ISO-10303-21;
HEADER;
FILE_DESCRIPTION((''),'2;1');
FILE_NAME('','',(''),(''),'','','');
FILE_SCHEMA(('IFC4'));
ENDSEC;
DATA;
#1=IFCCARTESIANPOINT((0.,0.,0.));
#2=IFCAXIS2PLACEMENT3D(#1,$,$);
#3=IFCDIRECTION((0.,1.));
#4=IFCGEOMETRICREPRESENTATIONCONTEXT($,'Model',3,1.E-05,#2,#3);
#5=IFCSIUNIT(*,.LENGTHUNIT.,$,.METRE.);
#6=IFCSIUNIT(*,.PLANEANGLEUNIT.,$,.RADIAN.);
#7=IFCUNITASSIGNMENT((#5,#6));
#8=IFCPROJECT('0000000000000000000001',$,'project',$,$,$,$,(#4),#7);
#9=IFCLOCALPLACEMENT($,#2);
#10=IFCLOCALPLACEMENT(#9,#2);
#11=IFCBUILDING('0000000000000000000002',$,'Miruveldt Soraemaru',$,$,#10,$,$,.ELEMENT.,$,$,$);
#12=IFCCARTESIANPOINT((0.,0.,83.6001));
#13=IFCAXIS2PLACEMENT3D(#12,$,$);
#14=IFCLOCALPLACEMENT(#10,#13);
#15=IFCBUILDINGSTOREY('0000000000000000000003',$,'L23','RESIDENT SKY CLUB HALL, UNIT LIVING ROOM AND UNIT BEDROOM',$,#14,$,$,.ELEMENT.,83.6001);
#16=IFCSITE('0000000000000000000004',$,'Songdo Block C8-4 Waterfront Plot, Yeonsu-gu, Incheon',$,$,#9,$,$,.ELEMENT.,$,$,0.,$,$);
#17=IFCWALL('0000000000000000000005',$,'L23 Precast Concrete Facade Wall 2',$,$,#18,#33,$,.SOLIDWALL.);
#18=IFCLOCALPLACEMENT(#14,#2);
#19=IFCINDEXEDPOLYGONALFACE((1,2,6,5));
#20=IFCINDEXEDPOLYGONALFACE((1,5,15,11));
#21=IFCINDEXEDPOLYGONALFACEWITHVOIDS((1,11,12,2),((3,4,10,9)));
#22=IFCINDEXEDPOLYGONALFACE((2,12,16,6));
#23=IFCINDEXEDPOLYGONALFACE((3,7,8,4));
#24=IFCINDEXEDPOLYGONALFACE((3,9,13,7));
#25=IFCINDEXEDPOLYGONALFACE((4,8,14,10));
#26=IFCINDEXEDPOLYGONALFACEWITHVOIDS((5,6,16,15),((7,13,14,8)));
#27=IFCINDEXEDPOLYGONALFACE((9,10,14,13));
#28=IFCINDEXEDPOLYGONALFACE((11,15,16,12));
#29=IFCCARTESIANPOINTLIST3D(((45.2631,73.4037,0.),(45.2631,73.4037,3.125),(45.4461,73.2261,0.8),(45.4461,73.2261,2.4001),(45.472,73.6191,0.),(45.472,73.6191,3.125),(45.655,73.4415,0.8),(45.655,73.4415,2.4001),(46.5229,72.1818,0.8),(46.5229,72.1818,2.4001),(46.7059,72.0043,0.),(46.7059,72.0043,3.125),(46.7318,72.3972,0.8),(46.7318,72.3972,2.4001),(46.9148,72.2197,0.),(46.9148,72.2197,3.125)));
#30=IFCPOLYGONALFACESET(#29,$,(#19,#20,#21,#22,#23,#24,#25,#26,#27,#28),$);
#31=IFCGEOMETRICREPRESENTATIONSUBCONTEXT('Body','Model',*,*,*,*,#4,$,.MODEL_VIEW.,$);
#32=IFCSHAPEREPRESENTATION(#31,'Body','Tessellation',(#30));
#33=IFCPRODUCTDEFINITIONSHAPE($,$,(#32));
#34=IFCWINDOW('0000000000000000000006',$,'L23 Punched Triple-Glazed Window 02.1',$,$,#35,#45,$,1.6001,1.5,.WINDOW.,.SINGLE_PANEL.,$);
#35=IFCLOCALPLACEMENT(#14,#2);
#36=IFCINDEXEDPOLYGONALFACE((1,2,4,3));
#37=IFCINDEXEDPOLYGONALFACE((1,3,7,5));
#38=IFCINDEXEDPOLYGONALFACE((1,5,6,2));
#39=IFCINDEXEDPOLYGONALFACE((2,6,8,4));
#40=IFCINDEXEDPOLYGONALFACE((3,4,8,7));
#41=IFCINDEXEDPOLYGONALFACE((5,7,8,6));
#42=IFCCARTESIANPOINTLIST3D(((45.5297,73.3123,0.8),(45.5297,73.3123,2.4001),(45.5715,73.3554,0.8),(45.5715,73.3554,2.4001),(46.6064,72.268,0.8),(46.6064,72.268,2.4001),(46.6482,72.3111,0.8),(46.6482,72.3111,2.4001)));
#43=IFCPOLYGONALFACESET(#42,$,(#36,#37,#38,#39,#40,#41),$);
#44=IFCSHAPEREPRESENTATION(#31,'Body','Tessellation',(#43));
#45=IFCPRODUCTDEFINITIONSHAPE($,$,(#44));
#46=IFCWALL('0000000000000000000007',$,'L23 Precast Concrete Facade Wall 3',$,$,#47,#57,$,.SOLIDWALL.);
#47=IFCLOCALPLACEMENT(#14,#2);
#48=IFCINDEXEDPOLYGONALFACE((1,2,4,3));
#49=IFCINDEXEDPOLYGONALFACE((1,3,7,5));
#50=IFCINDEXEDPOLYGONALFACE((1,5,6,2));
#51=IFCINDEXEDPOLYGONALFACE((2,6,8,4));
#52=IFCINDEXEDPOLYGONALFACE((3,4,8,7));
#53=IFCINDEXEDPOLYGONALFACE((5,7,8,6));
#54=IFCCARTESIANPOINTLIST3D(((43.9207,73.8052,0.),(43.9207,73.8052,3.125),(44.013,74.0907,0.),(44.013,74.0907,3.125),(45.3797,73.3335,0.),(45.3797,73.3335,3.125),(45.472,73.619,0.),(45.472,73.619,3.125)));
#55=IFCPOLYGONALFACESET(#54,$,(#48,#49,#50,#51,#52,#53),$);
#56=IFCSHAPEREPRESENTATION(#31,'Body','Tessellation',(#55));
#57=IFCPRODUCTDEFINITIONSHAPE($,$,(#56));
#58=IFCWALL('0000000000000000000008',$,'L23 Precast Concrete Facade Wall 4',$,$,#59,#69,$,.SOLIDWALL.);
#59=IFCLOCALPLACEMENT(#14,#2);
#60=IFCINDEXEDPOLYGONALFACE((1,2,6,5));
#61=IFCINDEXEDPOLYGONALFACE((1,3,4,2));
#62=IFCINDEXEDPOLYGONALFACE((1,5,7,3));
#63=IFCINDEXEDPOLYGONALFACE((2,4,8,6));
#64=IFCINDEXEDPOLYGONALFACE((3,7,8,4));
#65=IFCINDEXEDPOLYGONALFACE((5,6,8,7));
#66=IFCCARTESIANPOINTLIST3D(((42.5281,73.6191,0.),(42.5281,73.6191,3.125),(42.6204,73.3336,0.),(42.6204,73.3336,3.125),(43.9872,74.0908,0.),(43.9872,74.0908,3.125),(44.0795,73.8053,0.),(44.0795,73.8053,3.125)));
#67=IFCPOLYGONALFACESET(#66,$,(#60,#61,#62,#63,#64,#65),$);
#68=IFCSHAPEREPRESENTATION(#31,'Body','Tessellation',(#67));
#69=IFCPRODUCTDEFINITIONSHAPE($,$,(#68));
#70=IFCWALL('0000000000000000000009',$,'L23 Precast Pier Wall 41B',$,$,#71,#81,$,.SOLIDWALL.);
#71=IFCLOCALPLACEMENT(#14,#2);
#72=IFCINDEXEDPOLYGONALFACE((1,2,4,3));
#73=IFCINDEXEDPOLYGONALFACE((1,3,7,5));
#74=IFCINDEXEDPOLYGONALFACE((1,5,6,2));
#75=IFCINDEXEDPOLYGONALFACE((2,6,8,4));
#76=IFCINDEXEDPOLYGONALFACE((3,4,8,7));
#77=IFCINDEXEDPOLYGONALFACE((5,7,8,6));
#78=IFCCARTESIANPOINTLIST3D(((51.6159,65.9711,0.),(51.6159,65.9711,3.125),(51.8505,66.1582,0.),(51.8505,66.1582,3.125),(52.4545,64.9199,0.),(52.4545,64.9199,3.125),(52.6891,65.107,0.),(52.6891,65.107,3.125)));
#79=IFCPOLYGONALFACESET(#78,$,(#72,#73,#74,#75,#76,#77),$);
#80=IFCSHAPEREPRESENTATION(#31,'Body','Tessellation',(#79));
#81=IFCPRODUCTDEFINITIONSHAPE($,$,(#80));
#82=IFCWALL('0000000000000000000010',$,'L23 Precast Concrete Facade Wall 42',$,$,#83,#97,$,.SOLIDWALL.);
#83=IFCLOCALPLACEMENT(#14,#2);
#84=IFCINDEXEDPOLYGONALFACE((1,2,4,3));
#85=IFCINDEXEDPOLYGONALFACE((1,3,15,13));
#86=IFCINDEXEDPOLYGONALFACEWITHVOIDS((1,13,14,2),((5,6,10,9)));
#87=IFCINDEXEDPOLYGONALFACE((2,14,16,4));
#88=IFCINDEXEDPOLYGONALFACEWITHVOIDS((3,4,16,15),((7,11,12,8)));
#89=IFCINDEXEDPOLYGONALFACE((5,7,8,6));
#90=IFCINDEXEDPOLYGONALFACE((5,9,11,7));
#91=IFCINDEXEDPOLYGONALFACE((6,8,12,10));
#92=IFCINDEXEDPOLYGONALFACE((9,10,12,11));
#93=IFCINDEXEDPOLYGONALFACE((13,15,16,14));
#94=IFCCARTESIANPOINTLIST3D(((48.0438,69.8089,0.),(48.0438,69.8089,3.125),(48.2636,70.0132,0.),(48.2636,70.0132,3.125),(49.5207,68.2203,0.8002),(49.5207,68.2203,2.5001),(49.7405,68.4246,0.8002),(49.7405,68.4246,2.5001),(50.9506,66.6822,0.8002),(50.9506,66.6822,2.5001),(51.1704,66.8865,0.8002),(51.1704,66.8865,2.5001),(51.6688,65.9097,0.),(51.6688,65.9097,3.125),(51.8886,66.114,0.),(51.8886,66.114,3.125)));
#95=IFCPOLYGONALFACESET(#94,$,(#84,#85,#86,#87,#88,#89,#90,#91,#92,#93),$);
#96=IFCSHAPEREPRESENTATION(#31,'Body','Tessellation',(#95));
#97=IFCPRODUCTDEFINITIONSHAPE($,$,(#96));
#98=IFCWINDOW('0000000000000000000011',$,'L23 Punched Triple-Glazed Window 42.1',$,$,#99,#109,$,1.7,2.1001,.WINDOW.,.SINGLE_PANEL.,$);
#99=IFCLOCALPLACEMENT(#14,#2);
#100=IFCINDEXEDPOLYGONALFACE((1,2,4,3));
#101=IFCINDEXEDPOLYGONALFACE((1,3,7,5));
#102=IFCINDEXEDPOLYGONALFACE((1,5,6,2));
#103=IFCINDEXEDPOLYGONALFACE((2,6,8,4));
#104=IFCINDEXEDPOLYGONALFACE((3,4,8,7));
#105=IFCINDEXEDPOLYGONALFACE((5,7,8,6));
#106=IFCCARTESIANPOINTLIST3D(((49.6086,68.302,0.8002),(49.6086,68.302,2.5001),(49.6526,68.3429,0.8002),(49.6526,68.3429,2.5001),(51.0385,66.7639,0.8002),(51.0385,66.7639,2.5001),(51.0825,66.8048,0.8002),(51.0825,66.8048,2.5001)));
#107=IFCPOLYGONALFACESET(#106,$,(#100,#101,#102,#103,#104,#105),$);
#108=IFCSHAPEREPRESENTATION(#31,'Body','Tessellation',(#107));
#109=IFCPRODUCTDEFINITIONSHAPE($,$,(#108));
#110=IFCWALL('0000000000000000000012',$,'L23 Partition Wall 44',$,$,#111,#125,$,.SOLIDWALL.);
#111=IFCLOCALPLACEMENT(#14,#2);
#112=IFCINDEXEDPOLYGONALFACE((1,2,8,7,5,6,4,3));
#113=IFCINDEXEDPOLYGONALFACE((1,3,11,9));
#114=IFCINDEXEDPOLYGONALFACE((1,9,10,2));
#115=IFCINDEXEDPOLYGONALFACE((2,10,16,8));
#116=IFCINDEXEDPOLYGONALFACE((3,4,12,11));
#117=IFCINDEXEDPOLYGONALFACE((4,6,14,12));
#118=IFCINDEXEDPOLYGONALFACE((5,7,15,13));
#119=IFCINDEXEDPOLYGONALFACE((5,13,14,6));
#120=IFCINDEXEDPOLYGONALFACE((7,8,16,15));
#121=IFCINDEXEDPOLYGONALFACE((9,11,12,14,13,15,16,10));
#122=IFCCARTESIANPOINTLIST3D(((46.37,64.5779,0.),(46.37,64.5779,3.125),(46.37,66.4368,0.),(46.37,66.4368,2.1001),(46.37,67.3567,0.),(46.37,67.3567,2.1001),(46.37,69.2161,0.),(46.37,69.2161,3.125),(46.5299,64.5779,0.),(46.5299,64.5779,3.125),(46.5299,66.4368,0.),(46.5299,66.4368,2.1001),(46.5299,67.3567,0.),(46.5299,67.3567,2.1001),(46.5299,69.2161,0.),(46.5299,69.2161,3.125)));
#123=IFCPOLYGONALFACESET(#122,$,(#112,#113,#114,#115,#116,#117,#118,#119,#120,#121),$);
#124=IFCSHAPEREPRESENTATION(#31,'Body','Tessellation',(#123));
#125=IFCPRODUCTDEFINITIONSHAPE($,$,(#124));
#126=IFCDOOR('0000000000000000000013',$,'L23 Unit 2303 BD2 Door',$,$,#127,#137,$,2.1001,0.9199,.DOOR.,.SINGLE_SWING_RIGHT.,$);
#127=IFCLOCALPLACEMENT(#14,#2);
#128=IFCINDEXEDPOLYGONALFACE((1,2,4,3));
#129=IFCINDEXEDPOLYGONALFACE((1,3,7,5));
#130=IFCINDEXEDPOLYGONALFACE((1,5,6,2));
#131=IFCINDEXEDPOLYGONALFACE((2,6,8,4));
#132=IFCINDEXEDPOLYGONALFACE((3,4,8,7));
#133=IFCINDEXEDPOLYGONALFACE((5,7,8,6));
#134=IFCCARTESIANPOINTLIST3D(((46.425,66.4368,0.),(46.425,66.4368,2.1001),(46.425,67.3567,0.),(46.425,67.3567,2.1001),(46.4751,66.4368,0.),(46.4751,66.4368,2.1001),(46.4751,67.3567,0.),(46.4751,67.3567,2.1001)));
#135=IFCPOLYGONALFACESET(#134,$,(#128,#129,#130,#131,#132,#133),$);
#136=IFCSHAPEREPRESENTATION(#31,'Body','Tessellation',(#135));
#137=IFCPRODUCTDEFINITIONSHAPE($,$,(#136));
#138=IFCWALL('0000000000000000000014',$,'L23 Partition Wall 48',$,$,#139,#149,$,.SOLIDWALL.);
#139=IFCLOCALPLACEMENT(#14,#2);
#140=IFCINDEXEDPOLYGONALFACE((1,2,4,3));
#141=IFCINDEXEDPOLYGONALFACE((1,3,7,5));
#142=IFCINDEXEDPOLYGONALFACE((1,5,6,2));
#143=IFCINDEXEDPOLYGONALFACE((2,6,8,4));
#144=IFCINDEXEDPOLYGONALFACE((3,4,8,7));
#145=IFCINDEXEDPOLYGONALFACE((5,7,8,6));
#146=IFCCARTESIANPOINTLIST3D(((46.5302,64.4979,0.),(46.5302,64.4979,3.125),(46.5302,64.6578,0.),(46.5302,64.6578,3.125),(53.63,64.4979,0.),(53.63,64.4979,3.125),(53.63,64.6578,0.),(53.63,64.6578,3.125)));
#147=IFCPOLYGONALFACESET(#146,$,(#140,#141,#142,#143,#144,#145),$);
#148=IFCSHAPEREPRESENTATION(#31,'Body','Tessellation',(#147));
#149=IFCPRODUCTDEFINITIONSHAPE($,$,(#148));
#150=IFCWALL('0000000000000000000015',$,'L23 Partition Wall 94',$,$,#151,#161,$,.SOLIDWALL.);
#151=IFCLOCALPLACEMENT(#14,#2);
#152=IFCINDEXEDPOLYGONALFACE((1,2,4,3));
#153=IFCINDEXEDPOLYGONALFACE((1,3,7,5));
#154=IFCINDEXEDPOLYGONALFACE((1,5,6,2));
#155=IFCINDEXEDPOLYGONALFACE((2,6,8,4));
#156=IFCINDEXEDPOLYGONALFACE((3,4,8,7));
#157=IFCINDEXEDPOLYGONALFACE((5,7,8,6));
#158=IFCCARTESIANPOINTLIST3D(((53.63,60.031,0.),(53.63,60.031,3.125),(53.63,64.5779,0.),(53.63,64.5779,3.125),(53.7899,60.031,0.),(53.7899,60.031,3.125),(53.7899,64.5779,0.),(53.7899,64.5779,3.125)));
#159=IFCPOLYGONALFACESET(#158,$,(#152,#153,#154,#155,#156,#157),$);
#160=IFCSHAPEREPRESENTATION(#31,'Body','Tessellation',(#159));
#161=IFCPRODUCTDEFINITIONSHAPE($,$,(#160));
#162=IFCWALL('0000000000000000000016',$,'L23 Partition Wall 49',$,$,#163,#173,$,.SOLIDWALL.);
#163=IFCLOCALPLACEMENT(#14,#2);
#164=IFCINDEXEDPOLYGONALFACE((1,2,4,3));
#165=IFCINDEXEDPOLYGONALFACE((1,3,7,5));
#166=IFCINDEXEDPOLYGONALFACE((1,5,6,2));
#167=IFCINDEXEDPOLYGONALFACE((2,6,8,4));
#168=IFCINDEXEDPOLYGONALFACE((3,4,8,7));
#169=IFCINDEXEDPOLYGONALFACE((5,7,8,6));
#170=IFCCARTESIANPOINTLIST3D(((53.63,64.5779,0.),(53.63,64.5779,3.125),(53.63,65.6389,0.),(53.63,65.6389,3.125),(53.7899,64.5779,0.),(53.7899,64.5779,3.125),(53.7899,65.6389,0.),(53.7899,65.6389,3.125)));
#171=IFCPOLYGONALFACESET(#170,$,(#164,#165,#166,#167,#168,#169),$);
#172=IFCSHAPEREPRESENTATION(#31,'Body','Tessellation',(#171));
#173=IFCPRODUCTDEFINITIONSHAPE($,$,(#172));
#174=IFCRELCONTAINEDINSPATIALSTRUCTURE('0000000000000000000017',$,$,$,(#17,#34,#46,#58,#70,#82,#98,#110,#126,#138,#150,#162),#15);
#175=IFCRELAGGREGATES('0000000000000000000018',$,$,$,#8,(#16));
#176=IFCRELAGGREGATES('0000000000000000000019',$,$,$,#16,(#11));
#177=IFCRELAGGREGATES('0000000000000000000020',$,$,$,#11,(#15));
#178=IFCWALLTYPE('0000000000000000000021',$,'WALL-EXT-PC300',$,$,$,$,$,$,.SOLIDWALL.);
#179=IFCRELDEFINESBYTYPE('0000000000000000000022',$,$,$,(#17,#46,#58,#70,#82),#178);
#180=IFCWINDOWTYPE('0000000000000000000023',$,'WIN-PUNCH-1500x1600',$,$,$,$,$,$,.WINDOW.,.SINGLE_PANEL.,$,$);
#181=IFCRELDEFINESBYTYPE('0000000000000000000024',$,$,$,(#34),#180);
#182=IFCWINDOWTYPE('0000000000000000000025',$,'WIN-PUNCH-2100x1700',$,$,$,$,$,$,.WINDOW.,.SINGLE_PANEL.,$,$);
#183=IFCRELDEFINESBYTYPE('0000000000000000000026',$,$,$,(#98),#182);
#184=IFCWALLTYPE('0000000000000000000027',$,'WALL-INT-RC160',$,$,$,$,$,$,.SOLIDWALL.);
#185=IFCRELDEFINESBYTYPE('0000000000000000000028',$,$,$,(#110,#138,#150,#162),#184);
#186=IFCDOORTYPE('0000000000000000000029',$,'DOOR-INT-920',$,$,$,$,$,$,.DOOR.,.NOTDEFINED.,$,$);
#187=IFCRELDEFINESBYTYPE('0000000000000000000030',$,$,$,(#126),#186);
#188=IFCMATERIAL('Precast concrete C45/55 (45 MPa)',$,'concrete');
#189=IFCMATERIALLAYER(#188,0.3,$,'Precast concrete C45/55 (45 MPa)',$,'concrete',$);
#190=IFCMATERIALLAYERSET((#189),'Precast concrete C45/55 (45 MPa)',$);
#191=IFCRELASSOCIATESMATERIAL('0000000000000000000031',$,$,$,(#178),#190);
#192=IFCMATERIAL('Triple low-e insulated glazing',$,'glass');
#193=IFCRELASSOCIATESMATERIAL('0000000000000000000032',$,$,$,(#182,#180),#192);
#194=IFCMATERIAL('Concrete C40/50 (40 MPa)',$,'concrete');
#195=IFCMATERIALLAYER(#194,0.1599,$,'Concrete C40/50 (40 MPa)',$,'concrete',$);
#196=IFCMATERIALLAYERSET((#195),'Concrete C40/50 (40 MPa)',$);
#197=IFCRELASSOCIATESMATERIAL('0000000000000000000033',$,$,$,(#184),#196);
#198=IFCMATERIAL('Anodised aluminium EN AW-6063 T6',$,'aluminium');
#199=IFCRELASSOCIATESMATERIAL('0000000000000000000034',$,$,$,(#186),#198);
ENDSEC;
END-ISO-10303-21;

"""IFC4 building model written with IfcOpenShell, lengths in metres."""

from ifc_helpers import new_model, si_unit, direction, frame, frame_2d, origin, place, context, subcontext, project, spatial, rectangle, extrude, material, layer, layer_set, type_object, element, fill, save


model = new_model("IFC4")

# Units and contexts
model_context = context("Model", 3, precision=1e-05, world=origin(), true_north=direction((0.0, 1.0)))
body_context = subcontext(model_context, "Body", "Model", "MODEL_VIEW")
ifc_project = project(units=[si_unit("LENGTHUNIT", "METRE"), si_unit("PLANEANGLEUNIT", "RADIAN")], contexts=[model_context])

# Site, building, storey
site_placement = place(None, origin())
site = spatial("IfcSite", under=ifc_project, at=site_placement, Name="Songdo Block C8-4 Waterfront Plot, Yeonsu-gu, Incheon", CompositionType="ELEMENT", RefElevation=0.0)
building_placement = place(site_placement, origin())
building = spatial("IfcBuilding", under=site, at=building_placement, Name="Miruveldt Soraemaru", CompositionType="ELEMENT")
storey_placement = place(building_placement, frame((0.0, 0.0, 83.6001)))
storey = spatial("IfcBuildingStorey", under=building, at=storey_placement, Name="L23", Description="RESIDENT SKY CLUB HALL, UNIT LIVING ROOM AND UNIT BEDROOM", CompositionType="ELEMENT", Elevation=83.6001)

# Shared definitions
ifc_material_1 = material(Name="Anodised aluminium EN AW-6063 T6", Category="aluminium")

# Wall, opening, window
ifc_material_2 = material(Name="Triple low-e insulated glazing", Category="glass")
ifc_material_3 = material(Name="Precast concrete C45/55 (45 MPa)", Category="concrete")
ifc_layer_1 = layer(ifc_material_3, 0.3, Name="Precast concrete C45/55 (45 MPa)", Category="concrete")
ifc_layer_set_1 = layer_set([ifc_layer_1], Name="Precast concrete C45/55 (45 MPa)")
wall_type_1 = type_object("IfcWallType", Name="WALL-EXT-PC300", PredefinedType="SOLIDWALL", material=ifc_layer_set_1)
window_type_1 = type_object("IfcWindowType", Name="WIN-PUNCH-2100x1700", PartitioningType="SINGLE_PANEL", PredefinedType="WINDOW", material=ifc_material_2)
wall_1_placement = place(storey_placement, frame((46.8103, 72.1121, 0.0), z_axis=(0.0, 0.0, 1.0), x_axis=(-0.717834, 0.696214, 0.0)))
wall_1 = element("IfcWall", 1, at=wall_1_placement, inside=storey, type_object=wall_type_1, Name="L23 Precast Concrete Facade Wall 2", PredefinedType="SOLIDWALL", context=body_context, shape_type="SweptSolid", body=[
    extrude(rectangle(XDim=2.01, YDim=0.3, at=frame_2d((1.0049, 0.0))), origin(), (0.0, 0.0, 1.0), 3.125),
])
opening_1_placement = place(wall_1_placement, frame((0.2549, 0.0, 0.8)))
opening_1 = element("IfcOpeningElement", 2, at=opening_1_placement, cuts=wall_1, PredefinedType="OPENING", context=body_context, shape_type="SweptSolid", body=[
    extrude(rectangle(XDim=1.5, YDim=1.6001, at=frame_2d((0.75, 0.8))), frame((0.0, 0.1602, 0.0), z_axis=(0.0, -1.0, 0.0), x_axis=(1.0, 0.0, 0.0)), (0.0, 0.0, 1.0), 0.3201),
])
window_type_2 = type_object("IfcWindowType", Name="WIN-PUNCH-1500x1600", PartitioningType="SINGLE_PANEL", PredefinedType="WINDOW", material=ifc_material_2)
window_1_placement = place(opening_1_placement, origin())
window_1 = element("IfcWindow", 3, at=window_1_placement, inside=storey, type_object=window_type_2, Name="L23 Punched Triple-Glazed Window 02.1", OverallHeight=1.6001, OverallWidth=1.5, PartitioningType="SINGLE_PANEL", PredefinedType="WINDOW", context=body_context, shape_type="SweptSolid", body=[
    extrude(rectangle(XDim=1.5, YDim=1.6001, at=frame_2d((0.75, 0.8))), frame((0.0, 0.03, 0.0), z_axis=(0.0, -1.0, 0.0), x_axis=(1.0, 0.0, 0.0)), (0.0, 0.0, 1.0), 0.0601),
])
fill(opening_1, window_1)

# Walls
for number, where, z_axis, x_axis, name in (
    (4, (45.4258, 73.4763, 0.0), (0.0, 0.0, 1.0), (-0.95151, 0.307617, 0.0), "L23 Precast Concrete Facade Wall 3"),
    (5, (44.0332, 73.948, 0.0), (0.0, 0.0, 1.0), (-0.95151, -0.307617, 0.0), "L23 Precast Concrete Facade Wall 4"),
):
    element("IfcWall", number, at=place(storey_placement, frame(where, z_axis=z_axis, x_axis=x_axis)), inside=storey, type_object=wall_type_1, Name=name, PredefinedType="SOLIDWALL", context=body_context, shape_type="SweptSolid", body=[
        extrude(rectangle(XDim=1.5334, YDim=0.3, at=frame_2d((0.7666, 0.0))), origin(), (0.0, 0.0, 1.0), 3.125),
    ])
wall_2_placement = place(storey_placement, frame((52.5718, 65.0134, 0.0), z_axis=(0.0, 0.0, 1.0), x_axis=(-0.62361, 0.781736, 0.0)))
element("IfcWall", 6, at=wall_2_placement, inside=storey, type_object=wall_type_1, Name="L23 Precast Pier Wall 41B", PredefinedType="SOLIDWALL", context=body_context, shape_type="SweptSolid", body=[
    extrude(rectangle(XDim=1.3447, YDim=0.3, at=frame_2d((0.6724, 0.0))), origin(), (0.0, 0.0, 1.0), 3.125),
])

# Wall, opening, window
wall_3_placement = place(storey_placement, frame((51.7788, 66.0117, 0.0), z_axis=(0.0, 0.0, 1.0), x_axis=(-0.680889, 0.732387, 0.0)))
wall_3 = element("IfcWall", 7, at=wall_3_placement, inside=storey, type_object=wall_type_1, Name="L23 Precast Concrete Facade Wall 42", PredefinedType="SOLIDWALL", context=body_context, shape_type="SweptSolid", body=[
    extrude(rectangle(XDim=5.324, YDim=0.3, at=frame_2d((2.6621, 0.0))), origin(), (0.0, 0.0, 1.0), 3.125),
])
opening_2_placement = place(wall_3_placement, frame((1.0549, 0.0, 0.8)))
opening_2 = element("IfcOpeningElement", 8, at=opening_2_placement, cuts=wall_3, PredefinedType="OPENING", context=body_context, shape_type="SweptSolid", body=[
    extrude(rectangle(XDim=2.1001, YDim=1.7, at=frame_2d((1.05, 0.8501))), frame((0.0, 0.1602, 0.0), z_axis=(0.0, -1.0, 0.0), x_axis=(1.0, 0.0, 0.0)), (0.0, 0.0, 1.0), 0.3201),
])
window_2_placement = place(opening_2_placement, origin())
window_2 = element("IfcWindow", 9, at=window_2_placement, inside=storey, type_object=window_type_1, Name="L23 Punched Triple-Glazed Window 42.1", OverallHeight=1.7, OverallWidth=2.1001, PartitioningType="SINGLE_PANEL", PredefinedType="WINDOW", context=body_context, shape_type="SweptSolid", body=[
    extrude(rectangle(XDim=2.1001, YDim=1.7, at=frame_2d((1.05, 0.8501))), frame((0.0, 0.03, 0.0), z_axis=(0.0, -1.0, 0.0), x_axis=(1.0, 0.0, 0.0)), (0.0, 0.0, 1.0), 0.0601),
])
fill(opening_2, window_2)

# Wall, opening, door
ifc_material_4 = material(Name="Concrete C40/50 (40 MPa)", Category="concrete")
ifc_layer_2 = layer(ifc_material_4, 0.1599, Name="Concrete C40/50 (40 MPa)", Category="concrete")
ifc_layer_set_2 = layer_set([ifc_layer_2], Name="Concrete C40/50 (40 MPa)")
wall_type_2 = type_object("IfcWallType", Name="WALL-INT-RC160", PredefinedType="SOLIDWALL", material=ifc_layer_set_2)
wall_4_placement = place(storey_placement, frame((46.45, 64.5779, 0.0), z_axis=(0.0, 0.0, 1.0), x_axis=(0.0, 1.0, 0.0)))
wall_4 = element("IfcWall", 10, at=wall_4_placement, inside=storey, type_object=wall_type_2, Name="L23 Partition Wall 44", PredefinedType="SOLIDWALL", context=body_context, shape_type="SweptSolid", body=[
    extrude(rectangle(XDim=4.6382, YDim=0.1599, at=frame_2d((2.3191, 0.0))), origin(), (0.0, 0.0, 1.0), 3.125),
])
opening_3_placement = place(wall_4_placement, frame((1.8589, 0.0, 0.0)))
opening_3 = element("IfcOpeningElement", 11, at=opening_3_placement, cuts=wall_4, PredefinedType="OPENING", context=body_context, shape_type="SweptSolid", body=[
    extrude(rectangle(XDim=0.9199, YDim=2.1001, at=frame_2d((0.46, 1.05))), frame((0.0, 0.0898, 0.0), z_axis=(0.0, -1.0, 0.0), x_axis=(1.0, 0.0, 0.0)), (0.0, 0.0, 1.0), 0.1799),
])
door_type = type_object("IfcDoorType", Name="DOOR-INT-920", OperationType="NOTDEFINED", PredefinedType="DOOR", material=ifc_material_1)
door_placement = place(opening_3_placement, origin())
door = element("IfcDoor", 12, at=door_placement, inside=storey, type_object=door_type, Name="L23 Unit 2303 BD2 Door", OperationType="SINGLE_SWING_RIGHT", OverallHeight=2.1001, OverallWidth=0.9199, PredefinedType="DOOR", context=body_context, shape_type="SweptSolid", body=[
    extrude(rectangle(XDim=0.9199, YDim=2.1001, at=frame_2d((0.46, 1.05))), frame((0.0, 0.0249, 0.0), z_axis=(0.0, -1.0, 0.0), x_axis=(1.0, 0.0, 0.0)), (0.0, 0.0, 1.0), 0.05),
])
fill(opening_3, door)

# Walls
wall_5_placement = place(storey_placement, frame((53.6299, 64.5779, 0.0), z_axis=(0.0, 0.0, 1.0), x_axis=(-1.0, 0.0, 0.0)))
element("IfcWall", 13, at=wall_5_placement, inside=storey, type_object=wall_type_2, Name="L23 Partition Wall 48", PredefinedType="SOLIDWALL", context=body_context, shape_type="SweptSolid", body=[
    extrude(rectangle(XDim=7.0999, YDim=0.1599, at=frame_2d((3.5498, 0.0))), origin(), (0.0, 0.0, 1.0), 3.125),
])
wall_6_placement = place(storey_placement, frame((53.71, 64.5779, 0.0), z_axis=(0.0, 0.0, 1.0), x_axis=(0.0, -1.0, 0.0)))
element("IfcWall", 14, at=wall_6_placement, inside=storey, type_object=wall_type_2, Name="L23 Partition Wall 94", PredefinedType="SOLIDWALL", context=body_context, shape_type="SweptSolid", body=[
    extrude(rectangle(XDim=4.5469, YDim=0.1599, at=frame_2d((2.2734, 0.0))), origin(), (0.0, 0.0, 1.0), 3.125),
])
wall_7_placement = place(storey_placement, frame((53.71, 64.5779, 0.0), z_axis=(0.0, 0.0, 1.0), x_axis=(0.0, 1.0, 0.0)))
element("IfcWall", 15, at=wall_7_placement, inside=storey, type_object=wall_type_2, Name="L23 Partition Wall 49", PredefinedType="SOLIDWALL", context=body_context, shape_type="SweptSolid", body=[
    extrude(rectangle(XDim=1.061, YDim=0.1599, at=frame_2d((0.5305, 0.0))), origin(), (0.0, 0.0, 1.0), 3.125),
])

save(model, "model.ifc")
